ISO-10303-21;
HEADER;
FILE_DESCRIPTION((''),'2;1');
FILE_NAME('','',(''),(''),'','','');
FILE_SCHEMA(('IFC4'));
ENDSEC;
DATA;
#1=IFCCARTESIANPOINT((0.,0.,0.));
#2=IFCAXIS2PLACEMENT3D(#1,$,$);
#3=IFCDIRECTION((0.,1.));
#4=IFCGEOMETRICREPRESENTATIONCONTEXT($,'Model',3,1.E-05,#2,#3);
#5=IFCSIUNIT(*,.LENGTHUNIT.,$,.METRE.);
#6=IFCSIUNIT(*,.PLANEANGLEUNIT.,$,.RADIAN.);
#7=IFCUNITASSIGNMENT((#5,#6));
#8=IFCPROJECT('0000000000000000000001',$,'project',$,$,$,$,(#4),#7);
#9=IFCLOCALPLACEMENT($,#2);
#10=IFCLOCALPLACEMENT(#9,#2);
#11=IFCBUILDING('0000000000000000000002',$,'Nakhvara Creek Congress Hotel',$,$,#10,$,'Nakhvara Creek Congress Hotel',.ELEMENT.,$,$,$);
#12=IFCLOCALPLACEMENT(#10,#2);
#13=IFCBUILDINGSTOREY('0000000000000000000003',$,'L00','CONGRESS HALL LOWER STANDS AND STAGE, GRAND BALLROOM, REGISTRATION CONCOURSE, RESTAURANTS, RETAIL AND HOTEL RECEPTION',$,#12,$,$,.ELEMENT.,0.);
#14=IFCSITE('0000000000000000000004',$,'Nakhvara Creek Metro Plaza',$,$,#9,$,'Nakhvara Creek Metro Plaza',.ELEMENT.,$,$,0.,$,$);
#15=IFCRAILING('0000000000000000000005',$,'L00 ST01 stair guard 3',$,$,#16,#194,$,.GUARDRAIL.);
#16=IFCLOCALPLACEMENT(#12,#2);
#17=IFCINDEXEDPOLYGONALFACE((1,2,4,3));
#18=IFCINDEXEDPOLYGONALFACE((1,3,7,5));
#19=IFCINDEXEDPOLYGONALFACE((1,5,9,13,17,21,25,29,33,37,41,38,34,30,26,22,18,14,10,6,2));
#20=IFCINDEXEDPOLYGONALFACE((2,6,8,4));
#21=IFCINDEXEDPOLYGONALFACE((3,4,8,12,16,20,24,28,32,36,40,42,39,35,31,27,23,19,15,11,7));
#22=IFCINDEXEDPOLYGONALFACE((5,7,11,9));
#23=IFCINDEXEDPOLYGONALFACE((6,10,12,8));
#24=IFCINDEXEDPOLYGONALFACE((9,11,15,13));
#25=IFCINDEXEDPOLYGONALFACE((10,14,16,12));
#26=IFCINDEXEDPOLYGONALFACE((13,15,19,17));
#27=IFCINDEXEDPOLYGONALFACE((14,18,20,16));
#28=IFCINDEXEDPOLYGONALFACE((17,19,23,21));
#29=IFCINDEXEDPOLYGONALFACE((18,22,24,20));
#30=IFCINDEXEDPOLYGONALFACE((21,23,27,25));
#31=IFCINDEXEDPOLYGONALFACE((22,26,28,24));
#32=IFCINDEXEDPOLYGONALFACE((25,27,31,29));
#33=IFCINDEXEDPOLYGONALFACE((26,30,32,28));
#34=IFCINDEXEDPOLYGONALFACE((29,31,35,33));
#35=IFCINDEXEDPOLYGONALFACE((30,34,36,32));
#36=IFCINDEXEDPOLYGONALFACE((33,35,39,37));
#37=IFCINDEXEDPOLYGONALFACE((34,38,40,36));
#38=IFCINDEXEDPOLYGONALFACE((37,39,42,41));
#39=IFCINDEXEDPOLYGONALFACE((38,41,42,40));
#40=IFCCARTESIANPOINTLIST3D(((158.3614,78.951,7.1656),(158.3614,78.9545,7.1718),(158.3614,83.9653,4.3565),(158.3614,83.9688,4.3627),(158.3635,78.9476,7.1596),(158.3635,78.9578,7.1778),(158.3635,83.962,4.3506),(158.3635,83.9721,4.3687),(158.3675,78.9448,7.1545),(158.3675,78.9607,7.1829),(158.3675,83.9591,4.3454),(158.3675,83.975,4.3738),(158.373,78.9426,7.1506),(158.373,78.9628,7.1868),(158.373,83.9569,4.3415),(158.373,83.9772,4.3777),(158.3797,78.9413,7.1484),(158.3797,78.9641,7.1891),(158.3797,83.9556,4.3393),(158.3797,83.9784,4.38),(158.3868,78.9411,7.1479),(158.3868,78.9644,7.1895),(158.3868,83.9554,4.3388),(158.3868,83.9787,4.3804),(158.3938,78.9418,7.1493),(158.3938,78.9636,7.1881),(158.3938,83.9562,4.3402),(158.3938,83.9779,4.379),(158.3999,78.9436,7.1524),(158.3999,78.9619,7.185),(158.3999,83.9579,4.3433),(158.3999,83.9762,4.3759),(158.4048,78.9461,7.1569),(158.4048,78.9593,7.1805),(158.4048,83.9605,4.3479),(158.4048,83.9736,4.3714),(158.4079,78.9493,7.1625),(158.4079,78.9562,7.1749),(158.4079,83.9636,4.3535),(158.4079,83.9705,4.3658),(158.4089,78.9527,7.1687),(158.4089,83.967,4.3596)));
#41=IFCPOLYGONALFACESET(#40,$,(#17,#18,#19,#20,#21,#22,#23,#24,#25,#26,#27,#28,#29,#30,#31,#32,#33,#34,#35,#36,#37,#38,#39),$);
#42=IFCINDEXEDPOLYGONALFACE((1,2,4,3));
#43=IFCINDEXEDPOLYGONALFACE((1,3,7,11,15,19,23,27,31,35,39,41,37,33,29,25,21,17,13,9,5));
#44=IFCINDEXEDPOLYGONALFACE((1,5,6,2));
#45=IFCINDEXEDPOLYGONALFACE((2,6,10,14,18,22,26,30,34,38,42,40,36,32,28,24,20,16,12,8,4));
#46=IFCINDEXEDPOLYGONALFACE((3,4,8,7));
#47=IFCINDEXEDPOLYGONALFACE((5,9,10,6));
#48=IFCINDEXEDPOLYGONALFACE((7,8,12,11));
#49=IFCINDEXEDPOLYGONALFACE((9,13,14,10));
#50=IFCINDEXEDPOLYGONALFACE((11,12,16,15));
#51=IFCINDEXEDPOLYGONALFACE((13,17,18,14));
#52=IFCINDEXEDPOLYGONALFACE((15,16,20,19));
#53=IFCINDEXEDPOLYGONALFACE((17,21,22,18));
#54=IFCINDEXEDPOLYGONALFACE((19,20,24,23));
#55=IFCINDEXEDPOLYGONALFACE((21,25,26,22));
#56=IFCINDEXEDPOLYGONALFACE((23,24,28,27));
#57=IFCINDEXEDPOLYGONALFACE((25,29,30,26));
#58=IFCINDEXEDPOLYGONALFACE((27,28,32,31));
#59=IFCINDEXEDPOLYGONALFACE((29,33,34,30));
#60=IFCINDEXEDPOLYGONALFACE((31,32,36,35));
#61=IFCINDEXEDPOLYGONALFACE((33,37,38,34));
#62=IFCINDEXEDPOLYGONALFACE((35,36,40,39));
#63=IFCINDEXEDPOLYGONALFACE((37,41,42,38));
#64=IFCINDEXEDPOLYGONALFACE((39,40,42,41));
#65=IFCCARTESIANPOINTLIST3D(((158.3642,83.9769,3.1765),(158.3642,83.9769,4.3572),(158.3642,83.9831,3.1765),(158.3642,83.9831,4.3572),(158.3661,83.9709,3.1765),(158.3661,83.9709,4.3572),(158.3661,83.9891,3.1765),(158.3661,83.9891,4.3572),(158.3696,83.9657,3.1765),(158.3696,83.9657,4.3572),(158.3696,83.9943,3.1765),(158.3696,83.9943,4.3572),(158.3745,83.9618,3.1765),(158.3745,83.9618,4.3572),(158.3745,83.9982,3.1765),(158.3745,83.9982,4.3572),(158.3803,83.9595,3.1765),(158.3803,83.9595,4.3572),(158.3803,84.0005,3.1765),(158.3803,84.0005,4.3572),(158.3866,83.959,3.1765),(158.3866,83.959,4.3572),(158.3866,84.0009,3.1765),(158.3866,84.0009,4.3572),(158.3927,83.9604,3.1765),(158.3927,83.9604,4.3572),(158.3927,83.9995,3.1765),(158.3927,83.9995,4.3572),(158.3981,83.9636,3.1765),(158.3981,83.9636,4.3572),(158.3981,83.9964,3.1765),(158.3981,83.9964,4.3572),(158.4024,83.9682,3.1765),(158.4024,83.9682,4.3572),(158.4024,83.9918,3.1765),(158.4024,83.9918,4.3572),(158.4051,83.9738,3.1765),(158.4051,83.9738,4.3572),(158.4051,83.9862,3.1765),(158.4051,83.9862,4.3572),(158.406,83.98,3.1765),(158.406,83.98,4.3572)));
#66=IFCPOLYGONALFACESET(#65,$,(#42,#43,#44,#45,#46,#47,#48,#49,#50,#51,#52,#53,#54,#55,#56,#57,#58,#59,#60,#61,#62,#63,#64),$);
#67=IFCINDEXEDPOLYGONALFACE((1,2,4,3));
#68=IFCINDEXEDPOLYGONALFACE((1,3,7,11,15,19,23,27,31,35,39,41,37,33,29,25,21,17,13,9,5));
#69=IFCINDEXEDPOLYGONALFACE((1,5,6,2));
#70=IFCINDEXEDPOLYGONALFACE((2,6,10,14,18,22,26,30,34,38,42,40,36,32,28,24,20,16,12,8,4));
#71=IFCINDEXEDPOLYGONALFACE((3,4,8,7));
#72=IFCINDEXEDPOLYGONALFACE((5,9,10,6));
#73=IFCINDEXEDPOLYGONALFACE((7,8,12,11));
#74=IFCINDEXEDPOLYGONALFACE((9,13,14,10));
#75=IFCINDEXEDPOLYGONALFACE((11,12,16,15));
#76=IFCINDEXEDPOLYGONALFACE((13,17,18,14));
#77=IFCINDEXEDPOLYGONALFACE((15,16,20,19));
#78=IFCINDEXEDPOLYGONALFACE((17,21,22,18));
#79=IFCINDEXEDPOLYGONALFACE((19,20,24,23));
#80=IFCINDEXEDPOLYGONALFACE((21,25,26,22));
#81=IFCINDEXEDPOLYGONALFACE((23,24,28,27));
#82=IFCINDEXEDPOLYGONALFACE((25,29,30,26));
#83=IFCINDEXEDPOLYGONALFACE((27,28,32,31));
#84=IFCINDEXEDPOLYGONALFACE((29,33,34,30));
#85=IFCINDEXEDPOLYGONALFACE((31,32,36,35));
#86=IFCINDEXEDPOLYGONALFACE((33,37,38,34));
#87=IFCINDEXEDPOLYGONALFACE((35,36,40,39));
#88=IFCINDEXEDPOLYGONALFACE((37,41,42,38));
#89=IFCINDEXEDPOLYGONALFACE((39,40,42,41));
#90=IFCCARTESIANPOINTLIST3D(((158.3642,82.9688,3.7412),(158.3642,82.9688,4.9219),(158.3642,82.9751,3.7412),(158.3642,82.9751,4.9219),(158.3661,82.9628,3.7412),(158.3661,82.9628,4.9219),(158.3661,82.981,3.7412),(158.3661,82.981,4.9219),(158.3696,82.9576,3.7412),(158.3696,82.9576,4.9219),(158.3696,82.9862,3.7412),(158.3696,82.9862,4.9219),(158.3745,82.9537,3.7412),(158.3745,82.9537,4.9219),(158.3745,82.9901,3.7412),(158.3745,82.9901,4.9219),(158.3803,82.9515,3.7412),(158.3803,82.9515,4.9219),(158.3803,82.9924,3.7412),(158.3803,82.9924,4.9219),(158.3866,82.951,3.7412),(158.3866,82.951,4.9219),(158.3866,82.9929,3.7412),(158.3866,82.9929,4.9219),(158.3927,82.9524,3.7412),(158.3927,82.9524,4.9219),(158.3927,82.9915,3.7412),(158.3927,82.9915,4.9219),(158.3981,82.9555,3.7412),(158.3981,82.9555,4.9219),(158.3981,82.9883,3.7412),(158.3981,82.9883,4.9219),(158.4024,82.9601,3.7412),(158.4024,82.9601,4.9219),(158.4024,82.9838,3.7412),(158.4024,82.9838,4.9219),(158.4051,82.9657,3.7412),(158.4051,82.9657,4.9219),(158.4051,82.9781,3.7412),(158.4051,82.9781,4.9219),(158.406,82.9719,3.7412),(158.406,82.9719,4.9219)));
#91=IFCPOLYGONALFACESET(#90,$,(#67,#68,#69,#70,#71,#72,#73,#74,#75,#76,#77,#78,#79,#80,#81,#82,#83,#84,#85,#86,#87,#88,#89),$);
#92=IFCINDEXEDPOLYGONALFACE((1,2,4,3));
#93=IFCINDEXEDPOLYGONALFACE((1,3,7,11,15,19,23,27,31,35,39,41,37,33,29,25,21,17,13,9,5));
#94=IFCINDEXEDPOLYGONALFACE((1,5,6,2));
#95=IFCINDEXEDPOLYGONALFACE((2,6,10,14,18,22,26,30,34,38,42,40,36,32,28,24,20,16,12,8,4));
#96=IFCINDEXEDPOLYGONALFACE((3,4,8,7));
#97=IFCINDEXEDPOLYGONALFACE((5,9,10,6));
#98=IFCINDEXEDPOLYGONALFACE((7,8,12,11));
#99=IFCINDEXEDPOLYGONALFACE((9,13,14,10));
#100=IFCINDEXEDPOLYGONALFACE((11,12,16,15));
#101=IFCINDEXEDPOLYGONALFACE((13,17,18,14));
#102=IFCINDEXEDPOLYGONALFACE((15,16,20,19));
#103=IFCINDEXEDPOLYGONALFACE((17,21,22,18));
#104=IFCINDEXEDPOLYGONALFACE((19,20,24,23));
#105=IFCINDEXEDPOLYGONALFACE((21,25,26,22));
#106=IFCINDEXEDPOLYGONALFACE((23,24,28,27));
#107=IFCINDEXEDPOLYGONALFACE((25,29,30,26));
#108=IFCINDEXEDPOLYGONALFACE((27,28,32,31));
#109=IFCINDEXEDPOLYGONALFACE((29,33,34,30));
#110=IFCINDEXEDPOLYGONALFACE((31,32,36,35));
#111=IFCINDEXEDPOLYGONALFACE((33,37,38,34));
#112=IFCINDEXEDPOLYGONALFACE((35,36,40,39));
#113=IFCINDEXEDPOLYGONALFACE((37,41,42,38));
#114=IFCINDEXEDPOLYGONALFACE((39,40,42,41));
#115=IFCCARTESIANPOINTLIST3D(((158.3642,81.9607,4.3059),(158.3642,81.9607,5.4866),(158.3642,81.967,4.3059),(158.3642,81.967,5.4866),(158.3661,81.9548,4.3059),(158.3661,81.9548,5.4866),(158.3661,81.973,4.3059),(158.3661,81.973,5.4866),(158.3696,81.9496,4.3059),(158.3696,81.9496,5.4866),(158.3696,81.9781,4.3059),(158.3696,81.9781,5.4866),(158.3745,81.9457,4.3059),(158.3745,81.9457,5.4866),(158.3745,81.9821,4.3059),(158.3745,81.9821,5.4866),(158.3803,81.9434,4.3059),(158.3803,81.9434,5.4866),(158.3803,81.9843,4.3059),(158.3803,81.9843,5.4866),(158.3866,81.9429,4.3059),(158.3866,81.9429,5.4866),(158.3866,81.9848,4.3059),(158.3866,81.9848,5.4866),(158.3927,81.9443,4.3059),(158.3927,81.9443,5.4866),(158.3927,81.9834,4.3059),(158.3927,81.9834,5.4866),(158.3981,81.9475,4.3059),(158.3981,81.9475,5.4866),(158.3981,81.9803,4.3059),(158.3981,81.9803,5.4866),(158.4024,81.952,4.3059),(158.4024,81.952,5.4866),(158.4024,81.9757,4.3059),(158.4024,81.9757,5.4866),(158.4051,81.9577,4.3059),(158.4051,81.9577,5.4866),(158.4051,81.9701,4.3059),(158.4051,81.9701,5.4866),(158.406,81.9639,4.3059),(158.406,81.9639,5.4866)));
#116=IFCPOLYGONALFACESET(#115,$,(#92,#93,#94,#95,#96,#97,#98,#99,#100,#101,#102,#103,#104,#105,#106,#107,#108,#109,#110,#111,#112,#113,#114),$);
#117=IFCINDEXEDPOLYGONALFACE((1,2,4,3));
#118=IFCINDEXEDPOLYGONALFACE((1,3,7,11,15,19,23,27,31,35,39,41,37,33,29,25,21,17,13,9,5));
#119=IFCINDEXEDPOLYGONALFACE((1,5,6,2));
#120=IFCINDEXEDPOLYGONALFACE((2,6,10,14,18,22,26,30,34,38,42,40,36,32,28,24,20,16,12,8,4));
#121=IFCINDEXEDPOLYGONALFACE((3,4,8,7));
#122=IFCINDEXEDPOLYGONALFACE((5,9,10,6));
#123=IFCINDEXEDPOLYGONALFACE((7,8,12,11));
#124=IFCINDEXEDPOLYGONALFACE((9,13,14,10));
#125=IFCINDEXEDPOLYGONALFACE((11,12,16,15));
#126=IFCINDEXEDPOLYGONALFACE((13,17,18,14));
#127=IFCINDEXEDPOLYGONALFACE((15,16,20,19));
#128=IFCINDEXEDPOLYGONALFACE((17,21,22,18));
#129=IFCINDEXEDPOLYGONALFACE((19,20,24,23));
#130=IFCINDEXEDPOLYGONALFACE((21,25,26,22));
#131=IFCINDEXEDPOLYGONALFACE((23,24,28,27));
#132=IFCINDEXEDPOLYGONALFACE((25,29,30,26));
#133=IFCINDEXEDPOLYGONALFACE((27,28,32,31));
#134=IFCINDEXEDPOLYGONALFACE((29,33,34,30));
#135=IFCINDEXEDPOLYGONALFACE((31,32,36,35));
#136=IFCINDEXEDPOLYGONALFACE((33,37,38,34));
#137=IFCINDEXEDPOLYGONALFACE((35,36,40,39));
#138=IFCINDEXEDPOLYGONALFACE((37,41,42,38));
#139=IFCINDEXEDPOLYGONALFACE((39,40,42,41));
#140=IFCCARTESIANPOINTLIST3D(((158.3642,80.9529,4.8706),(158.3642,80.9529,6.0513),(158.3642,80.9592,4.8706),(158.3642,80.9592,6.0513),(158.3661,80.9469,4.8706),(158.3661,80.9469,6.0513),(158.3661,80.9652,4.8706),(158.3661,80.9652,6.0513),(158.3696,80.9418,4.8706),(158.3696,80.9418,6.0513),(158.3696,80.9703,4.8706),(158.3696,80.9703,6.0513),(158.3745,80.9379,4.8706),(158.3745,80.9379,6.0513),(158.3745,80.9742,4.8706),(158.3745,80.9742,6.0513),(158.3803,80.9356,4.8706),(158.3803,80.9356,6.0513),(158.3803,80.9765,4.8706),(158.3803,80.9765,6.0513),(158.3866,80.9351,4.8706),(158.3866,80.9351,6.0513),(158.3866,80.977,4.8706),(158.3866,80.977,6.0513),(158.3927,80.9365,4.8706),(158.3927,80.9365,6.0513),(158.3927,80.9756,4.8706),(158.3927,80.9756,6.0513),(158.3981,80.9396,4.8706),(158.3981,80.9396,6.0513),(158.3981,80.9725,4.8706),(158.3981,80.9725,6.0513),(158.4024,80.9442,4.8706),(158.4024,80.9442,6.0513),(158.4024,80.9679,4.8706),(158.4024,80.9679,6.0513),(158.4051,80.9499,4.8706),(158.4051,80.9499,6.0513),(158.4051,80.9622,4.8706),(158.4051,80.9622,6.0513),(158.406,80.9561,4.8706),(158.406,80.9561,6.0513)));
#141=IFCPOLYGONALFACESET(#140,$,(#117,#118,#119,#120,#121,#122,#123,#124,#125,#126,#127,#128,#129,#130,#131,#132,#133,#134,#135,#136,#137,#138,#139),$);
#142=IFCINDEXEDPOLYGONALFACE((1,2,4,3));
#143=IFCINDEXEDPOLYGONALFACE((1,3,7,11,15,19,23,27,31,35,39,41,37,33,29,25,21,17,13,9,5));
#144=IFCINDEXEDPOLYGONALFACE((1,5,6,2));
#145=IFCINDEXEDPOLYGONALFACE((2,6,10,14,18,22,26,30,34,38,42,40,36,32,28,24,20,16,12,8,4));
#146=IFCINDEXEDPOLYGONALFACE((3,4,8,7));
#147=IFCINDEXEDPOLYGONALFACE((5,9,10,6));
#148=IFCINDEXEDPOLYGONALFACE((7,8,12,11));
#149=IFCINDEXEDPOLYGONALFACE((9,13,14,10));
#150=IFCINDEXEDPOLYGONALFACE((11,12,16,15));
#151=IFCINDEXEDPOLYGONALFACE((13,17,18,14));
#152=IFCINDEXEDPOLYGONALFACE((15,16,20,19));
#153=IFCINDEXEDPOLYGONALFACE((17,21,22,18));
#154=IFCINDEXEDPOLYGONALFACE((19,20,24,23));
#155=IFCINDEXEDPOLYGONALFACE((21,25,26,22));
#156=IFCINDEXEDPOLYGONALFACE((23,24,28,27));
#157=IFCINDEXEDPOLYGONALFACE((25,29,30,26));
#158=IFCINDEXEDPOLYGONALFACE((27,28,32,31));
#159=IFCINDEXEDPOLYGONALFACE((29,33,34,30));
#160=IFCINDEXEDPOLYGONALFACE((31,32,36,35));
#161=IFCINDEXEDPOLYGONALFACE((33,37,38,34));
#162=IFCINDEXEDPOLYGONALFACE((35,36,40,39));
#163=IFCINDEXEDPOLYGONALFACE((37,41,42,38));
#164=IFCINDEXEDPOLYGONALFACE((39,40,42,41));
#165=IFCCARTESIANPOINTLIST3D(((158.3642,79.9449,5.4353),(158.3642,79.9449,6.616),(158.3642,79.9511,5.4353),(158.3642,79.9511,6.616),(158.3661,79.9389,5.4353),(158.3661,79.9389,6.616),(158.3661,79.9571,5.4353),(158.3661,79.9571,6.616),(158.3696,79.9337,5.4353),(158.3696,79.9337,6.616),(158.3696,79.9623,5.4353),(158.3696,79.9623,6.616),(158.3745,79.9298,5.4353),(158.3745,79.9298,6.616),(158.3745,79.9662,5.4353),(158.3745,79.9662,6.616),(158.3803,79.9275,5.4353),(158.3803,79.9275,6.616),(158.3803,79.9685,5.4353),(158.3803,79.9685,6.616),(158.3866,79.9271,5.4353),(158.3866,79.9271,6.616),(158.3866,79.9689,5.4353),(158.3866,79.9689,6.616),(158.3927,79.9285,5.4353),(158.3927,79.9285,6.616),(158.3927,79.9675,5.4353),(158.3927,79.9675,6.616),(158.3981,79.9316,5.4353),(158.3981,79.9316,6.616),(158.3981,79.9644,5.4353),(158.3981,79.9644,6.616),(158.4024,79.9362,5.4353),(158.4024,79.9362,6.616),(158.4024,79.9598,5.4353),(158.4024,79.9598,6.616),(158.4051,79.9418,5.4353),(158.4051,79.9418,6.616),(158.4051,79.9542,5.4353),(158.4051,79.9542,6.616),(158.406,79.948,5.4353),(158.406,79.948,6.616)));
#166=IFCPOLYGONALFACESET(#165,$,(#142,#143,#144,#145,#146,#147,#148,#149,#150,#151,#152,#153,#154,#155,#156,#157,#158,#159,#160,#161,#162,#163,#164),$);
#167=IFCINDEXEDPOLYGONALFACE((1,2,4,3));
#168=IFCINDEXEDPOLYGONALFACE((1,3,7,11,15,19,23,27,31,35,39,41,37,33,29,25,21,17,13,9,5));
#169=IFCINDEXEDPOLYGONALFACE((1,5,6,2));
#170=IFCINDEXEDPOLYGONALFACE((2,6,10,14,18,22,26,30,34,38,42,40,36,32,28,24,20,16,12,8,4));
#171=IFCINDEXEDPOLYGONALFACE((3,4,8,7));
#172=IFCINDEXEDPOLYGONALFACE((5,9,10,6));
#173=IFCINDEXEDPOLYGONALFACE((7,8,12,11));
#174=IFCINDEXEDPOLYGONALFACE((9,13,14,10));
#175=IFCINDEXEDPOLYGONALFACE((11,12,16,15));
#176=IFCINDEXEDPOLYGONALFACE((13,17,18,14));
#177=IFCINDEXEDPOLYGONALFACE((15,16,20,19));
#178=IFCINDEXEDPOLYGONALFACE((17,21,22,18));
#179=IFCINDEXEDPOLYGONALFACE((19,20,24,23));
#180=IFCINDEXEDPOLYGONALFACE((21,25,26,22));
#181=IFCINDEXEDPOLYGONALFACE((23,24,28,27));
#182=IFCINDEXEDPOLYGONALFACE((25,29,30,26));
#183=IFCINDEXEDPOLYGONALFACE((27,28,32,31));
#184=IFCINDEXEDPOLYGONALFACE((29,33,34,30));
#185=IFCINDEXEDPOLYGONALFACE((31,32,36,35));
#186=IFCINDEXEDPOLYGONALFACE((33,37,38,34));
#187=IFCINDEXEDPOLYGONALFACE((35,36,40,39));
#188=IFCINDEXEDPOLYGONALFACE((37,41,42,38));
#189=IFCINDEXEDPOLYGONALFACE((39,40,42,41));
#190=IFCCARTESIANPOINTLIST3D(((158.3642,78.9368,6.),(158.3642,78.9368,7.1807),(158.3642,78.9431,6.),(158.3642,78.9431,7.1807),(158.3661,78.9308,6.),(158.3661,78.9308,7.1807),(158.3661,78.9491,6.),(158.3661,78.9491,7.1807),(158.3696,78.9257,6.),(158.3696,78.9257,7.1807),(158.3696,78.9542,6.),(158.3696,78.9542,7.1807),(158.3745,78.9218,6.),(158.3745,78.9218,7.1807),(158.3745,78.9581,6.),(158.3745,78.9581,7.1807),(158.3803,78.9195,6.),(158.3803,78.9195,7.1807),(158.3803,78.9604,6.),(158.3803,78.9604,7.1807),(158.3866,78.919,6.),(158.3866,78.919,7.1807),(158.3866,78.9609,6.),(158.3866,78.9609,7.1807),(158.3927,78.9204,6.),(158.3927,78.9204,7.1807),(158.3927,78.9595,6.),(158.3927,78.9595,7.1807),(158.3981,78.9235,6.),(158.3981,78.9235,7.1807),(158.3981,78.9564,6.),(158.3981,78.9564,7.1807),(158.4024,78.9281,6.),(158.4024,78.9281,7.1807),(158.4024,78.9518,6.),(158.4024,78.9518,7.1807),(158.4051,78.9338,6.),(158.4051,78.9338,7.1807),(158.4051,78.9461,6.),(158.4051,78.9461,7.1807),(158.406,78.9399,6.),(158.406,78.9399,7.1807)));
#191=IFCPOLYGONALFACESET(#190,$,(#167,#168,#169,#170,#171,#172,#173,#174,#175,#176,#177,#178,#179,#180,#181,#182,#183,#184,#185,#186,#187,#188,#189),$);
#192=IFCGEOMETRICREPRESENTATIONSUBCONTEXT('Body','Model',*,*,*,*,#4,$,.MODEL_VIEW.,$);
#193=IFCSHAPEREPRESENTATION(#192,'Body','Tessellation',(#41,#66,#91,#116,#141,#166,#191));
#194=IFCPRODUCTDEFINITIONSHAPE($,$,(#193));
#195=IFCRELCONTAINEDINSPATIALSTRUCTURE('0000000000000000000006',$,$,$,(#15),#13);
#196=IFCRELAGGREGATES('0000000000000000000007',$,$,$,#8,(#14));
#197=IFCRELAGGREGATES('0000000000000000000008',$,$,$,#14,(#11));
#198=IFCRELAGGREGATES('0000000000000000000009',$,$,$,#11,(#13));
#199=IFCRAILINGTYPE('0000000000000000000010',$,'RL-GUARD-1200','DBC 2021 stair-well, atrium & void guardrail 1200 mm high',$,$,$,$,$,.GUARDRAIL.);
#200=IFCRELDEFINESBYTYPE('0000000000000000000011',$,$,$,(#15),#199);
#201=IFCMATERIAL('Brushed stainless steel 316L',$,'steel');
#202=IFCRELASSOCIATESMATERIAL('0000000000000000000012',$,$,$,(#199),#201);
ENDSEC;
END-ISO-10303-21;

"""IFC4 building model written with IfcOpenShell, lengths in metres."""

from ifc_helpers import new_model, si_unit, direction, frame, origin, origin_2d, place, context, subcontext, project, spatial, circle, extrude, material, type_object, element, save


model = new_model("IFC4")

# Units and contexts
model_context = context("Model", 3, precision=1e-05, world=origin(), true_north=direction((0.0, 1.0)))
body_context = subcontext(model_context, "Body", "Model", "MODEL_VIEW")
ifc_project = project(units=[si_unit("LENGTHUNIT", "METRE"), si_unit("PLANEANGLEUNIT", "RADIAN")], contexts=[model_context])

# Site, building, storey
site_placement = place(None, origin())
site = spatial("IfcSite", under=ifc_project, at=site_placement, Name="Nakhvara Creek Metro Plaza", LongName="Nakhvara Creek Metro Plaza", CompositionType="ELEMENT", RefElevation=0.0)
building_placement = place(site_placement, origin())
building = spatial("IfcBuilding", under=site, at=building_placement, Name="Nakhvara Creek Congress Hotel", LongName="Nakhvara Creek Congress Hotel", CompositionType="ELEMENT")
storey_placement = place(building_placement, origin())
storey = spatial("IfcBuildingStorey", under=building, at=storey_placement, Name="L00", Description="CONGRESS HALL LOWER STANDS AND STAGE, GRAND BALLROOM, REGISTRATION CONCOURSE, RESTAURANTS, RETAIL AND HOTEL RECEPTION", CompositionType="ELEMENT", Elevation=0.0)

# Railing
ifc_material_1 = material(Name="Brushed stainless steel 316L", Category="steel")
railing_type_1 = type_object("IfcRailingType", Name="RL-GUARD-1200", Description="DBC 2021 stair-well, atrium & void guardrail 1200 mm high", PredefinedType="GUARDRAIL", material=ifc_material_1)
railing_1_placement = place(storey_placement, frame((158.385, 83.98, 3.1765)))
element("IfcRailing", 1, at=railing_1_placement, inside=storey, type_object=railing_type_1, Name="L00 ST01 stair guard 3", PredefinedType="GUARDRAIL", context=body_context, shape_type="SweptSolid", body=[
    extrude(circle(Radius=0.0239, at=origin_2d()), frame((0.0, -0.0129, 1.1831), z_axis=(0.0, -0.872427, 0.488744), x_axis=(1.0, 0.0, 0.0)), (0.0, 0.0, 1.0), 5.7476),
    extrude(circle(Radius=0.021, at=origin_2d()), origin(), (0.0, 0.0, 1.0), 1.1807),
    extrude(circle(Radius=0.021, at=origin_2d()), frame((0.0, -1.0081, 0.5647)), (0.0, 0.0, 1.0), 1.1807),
    extrude(circle(Radius=0.021, at=origin_2d()), frame((0.0, -2.0161, 1.1294)), (0.0, 0.0, 1.0), 1.1807),
    extrude(circle(Radius=0.021, at=origin_2d()), frame((0.0, -3.0239, 1.6941)), (0.0, 0.0, 1.0), 1.1807),
    extrude(circle(Radius=0.021, at=origin_2d()), frame((0.0, -4.032, 2.2588)), (0.0, 0.0, 1.0), 1.1807),
    extrude(circle(Radius=0.021, at=origin_2d()), frame((0.0, -5.04, 2.8235)), (0.0, 0.0, 1.0), 1.1807),
])

save(model, "model.ifc")
